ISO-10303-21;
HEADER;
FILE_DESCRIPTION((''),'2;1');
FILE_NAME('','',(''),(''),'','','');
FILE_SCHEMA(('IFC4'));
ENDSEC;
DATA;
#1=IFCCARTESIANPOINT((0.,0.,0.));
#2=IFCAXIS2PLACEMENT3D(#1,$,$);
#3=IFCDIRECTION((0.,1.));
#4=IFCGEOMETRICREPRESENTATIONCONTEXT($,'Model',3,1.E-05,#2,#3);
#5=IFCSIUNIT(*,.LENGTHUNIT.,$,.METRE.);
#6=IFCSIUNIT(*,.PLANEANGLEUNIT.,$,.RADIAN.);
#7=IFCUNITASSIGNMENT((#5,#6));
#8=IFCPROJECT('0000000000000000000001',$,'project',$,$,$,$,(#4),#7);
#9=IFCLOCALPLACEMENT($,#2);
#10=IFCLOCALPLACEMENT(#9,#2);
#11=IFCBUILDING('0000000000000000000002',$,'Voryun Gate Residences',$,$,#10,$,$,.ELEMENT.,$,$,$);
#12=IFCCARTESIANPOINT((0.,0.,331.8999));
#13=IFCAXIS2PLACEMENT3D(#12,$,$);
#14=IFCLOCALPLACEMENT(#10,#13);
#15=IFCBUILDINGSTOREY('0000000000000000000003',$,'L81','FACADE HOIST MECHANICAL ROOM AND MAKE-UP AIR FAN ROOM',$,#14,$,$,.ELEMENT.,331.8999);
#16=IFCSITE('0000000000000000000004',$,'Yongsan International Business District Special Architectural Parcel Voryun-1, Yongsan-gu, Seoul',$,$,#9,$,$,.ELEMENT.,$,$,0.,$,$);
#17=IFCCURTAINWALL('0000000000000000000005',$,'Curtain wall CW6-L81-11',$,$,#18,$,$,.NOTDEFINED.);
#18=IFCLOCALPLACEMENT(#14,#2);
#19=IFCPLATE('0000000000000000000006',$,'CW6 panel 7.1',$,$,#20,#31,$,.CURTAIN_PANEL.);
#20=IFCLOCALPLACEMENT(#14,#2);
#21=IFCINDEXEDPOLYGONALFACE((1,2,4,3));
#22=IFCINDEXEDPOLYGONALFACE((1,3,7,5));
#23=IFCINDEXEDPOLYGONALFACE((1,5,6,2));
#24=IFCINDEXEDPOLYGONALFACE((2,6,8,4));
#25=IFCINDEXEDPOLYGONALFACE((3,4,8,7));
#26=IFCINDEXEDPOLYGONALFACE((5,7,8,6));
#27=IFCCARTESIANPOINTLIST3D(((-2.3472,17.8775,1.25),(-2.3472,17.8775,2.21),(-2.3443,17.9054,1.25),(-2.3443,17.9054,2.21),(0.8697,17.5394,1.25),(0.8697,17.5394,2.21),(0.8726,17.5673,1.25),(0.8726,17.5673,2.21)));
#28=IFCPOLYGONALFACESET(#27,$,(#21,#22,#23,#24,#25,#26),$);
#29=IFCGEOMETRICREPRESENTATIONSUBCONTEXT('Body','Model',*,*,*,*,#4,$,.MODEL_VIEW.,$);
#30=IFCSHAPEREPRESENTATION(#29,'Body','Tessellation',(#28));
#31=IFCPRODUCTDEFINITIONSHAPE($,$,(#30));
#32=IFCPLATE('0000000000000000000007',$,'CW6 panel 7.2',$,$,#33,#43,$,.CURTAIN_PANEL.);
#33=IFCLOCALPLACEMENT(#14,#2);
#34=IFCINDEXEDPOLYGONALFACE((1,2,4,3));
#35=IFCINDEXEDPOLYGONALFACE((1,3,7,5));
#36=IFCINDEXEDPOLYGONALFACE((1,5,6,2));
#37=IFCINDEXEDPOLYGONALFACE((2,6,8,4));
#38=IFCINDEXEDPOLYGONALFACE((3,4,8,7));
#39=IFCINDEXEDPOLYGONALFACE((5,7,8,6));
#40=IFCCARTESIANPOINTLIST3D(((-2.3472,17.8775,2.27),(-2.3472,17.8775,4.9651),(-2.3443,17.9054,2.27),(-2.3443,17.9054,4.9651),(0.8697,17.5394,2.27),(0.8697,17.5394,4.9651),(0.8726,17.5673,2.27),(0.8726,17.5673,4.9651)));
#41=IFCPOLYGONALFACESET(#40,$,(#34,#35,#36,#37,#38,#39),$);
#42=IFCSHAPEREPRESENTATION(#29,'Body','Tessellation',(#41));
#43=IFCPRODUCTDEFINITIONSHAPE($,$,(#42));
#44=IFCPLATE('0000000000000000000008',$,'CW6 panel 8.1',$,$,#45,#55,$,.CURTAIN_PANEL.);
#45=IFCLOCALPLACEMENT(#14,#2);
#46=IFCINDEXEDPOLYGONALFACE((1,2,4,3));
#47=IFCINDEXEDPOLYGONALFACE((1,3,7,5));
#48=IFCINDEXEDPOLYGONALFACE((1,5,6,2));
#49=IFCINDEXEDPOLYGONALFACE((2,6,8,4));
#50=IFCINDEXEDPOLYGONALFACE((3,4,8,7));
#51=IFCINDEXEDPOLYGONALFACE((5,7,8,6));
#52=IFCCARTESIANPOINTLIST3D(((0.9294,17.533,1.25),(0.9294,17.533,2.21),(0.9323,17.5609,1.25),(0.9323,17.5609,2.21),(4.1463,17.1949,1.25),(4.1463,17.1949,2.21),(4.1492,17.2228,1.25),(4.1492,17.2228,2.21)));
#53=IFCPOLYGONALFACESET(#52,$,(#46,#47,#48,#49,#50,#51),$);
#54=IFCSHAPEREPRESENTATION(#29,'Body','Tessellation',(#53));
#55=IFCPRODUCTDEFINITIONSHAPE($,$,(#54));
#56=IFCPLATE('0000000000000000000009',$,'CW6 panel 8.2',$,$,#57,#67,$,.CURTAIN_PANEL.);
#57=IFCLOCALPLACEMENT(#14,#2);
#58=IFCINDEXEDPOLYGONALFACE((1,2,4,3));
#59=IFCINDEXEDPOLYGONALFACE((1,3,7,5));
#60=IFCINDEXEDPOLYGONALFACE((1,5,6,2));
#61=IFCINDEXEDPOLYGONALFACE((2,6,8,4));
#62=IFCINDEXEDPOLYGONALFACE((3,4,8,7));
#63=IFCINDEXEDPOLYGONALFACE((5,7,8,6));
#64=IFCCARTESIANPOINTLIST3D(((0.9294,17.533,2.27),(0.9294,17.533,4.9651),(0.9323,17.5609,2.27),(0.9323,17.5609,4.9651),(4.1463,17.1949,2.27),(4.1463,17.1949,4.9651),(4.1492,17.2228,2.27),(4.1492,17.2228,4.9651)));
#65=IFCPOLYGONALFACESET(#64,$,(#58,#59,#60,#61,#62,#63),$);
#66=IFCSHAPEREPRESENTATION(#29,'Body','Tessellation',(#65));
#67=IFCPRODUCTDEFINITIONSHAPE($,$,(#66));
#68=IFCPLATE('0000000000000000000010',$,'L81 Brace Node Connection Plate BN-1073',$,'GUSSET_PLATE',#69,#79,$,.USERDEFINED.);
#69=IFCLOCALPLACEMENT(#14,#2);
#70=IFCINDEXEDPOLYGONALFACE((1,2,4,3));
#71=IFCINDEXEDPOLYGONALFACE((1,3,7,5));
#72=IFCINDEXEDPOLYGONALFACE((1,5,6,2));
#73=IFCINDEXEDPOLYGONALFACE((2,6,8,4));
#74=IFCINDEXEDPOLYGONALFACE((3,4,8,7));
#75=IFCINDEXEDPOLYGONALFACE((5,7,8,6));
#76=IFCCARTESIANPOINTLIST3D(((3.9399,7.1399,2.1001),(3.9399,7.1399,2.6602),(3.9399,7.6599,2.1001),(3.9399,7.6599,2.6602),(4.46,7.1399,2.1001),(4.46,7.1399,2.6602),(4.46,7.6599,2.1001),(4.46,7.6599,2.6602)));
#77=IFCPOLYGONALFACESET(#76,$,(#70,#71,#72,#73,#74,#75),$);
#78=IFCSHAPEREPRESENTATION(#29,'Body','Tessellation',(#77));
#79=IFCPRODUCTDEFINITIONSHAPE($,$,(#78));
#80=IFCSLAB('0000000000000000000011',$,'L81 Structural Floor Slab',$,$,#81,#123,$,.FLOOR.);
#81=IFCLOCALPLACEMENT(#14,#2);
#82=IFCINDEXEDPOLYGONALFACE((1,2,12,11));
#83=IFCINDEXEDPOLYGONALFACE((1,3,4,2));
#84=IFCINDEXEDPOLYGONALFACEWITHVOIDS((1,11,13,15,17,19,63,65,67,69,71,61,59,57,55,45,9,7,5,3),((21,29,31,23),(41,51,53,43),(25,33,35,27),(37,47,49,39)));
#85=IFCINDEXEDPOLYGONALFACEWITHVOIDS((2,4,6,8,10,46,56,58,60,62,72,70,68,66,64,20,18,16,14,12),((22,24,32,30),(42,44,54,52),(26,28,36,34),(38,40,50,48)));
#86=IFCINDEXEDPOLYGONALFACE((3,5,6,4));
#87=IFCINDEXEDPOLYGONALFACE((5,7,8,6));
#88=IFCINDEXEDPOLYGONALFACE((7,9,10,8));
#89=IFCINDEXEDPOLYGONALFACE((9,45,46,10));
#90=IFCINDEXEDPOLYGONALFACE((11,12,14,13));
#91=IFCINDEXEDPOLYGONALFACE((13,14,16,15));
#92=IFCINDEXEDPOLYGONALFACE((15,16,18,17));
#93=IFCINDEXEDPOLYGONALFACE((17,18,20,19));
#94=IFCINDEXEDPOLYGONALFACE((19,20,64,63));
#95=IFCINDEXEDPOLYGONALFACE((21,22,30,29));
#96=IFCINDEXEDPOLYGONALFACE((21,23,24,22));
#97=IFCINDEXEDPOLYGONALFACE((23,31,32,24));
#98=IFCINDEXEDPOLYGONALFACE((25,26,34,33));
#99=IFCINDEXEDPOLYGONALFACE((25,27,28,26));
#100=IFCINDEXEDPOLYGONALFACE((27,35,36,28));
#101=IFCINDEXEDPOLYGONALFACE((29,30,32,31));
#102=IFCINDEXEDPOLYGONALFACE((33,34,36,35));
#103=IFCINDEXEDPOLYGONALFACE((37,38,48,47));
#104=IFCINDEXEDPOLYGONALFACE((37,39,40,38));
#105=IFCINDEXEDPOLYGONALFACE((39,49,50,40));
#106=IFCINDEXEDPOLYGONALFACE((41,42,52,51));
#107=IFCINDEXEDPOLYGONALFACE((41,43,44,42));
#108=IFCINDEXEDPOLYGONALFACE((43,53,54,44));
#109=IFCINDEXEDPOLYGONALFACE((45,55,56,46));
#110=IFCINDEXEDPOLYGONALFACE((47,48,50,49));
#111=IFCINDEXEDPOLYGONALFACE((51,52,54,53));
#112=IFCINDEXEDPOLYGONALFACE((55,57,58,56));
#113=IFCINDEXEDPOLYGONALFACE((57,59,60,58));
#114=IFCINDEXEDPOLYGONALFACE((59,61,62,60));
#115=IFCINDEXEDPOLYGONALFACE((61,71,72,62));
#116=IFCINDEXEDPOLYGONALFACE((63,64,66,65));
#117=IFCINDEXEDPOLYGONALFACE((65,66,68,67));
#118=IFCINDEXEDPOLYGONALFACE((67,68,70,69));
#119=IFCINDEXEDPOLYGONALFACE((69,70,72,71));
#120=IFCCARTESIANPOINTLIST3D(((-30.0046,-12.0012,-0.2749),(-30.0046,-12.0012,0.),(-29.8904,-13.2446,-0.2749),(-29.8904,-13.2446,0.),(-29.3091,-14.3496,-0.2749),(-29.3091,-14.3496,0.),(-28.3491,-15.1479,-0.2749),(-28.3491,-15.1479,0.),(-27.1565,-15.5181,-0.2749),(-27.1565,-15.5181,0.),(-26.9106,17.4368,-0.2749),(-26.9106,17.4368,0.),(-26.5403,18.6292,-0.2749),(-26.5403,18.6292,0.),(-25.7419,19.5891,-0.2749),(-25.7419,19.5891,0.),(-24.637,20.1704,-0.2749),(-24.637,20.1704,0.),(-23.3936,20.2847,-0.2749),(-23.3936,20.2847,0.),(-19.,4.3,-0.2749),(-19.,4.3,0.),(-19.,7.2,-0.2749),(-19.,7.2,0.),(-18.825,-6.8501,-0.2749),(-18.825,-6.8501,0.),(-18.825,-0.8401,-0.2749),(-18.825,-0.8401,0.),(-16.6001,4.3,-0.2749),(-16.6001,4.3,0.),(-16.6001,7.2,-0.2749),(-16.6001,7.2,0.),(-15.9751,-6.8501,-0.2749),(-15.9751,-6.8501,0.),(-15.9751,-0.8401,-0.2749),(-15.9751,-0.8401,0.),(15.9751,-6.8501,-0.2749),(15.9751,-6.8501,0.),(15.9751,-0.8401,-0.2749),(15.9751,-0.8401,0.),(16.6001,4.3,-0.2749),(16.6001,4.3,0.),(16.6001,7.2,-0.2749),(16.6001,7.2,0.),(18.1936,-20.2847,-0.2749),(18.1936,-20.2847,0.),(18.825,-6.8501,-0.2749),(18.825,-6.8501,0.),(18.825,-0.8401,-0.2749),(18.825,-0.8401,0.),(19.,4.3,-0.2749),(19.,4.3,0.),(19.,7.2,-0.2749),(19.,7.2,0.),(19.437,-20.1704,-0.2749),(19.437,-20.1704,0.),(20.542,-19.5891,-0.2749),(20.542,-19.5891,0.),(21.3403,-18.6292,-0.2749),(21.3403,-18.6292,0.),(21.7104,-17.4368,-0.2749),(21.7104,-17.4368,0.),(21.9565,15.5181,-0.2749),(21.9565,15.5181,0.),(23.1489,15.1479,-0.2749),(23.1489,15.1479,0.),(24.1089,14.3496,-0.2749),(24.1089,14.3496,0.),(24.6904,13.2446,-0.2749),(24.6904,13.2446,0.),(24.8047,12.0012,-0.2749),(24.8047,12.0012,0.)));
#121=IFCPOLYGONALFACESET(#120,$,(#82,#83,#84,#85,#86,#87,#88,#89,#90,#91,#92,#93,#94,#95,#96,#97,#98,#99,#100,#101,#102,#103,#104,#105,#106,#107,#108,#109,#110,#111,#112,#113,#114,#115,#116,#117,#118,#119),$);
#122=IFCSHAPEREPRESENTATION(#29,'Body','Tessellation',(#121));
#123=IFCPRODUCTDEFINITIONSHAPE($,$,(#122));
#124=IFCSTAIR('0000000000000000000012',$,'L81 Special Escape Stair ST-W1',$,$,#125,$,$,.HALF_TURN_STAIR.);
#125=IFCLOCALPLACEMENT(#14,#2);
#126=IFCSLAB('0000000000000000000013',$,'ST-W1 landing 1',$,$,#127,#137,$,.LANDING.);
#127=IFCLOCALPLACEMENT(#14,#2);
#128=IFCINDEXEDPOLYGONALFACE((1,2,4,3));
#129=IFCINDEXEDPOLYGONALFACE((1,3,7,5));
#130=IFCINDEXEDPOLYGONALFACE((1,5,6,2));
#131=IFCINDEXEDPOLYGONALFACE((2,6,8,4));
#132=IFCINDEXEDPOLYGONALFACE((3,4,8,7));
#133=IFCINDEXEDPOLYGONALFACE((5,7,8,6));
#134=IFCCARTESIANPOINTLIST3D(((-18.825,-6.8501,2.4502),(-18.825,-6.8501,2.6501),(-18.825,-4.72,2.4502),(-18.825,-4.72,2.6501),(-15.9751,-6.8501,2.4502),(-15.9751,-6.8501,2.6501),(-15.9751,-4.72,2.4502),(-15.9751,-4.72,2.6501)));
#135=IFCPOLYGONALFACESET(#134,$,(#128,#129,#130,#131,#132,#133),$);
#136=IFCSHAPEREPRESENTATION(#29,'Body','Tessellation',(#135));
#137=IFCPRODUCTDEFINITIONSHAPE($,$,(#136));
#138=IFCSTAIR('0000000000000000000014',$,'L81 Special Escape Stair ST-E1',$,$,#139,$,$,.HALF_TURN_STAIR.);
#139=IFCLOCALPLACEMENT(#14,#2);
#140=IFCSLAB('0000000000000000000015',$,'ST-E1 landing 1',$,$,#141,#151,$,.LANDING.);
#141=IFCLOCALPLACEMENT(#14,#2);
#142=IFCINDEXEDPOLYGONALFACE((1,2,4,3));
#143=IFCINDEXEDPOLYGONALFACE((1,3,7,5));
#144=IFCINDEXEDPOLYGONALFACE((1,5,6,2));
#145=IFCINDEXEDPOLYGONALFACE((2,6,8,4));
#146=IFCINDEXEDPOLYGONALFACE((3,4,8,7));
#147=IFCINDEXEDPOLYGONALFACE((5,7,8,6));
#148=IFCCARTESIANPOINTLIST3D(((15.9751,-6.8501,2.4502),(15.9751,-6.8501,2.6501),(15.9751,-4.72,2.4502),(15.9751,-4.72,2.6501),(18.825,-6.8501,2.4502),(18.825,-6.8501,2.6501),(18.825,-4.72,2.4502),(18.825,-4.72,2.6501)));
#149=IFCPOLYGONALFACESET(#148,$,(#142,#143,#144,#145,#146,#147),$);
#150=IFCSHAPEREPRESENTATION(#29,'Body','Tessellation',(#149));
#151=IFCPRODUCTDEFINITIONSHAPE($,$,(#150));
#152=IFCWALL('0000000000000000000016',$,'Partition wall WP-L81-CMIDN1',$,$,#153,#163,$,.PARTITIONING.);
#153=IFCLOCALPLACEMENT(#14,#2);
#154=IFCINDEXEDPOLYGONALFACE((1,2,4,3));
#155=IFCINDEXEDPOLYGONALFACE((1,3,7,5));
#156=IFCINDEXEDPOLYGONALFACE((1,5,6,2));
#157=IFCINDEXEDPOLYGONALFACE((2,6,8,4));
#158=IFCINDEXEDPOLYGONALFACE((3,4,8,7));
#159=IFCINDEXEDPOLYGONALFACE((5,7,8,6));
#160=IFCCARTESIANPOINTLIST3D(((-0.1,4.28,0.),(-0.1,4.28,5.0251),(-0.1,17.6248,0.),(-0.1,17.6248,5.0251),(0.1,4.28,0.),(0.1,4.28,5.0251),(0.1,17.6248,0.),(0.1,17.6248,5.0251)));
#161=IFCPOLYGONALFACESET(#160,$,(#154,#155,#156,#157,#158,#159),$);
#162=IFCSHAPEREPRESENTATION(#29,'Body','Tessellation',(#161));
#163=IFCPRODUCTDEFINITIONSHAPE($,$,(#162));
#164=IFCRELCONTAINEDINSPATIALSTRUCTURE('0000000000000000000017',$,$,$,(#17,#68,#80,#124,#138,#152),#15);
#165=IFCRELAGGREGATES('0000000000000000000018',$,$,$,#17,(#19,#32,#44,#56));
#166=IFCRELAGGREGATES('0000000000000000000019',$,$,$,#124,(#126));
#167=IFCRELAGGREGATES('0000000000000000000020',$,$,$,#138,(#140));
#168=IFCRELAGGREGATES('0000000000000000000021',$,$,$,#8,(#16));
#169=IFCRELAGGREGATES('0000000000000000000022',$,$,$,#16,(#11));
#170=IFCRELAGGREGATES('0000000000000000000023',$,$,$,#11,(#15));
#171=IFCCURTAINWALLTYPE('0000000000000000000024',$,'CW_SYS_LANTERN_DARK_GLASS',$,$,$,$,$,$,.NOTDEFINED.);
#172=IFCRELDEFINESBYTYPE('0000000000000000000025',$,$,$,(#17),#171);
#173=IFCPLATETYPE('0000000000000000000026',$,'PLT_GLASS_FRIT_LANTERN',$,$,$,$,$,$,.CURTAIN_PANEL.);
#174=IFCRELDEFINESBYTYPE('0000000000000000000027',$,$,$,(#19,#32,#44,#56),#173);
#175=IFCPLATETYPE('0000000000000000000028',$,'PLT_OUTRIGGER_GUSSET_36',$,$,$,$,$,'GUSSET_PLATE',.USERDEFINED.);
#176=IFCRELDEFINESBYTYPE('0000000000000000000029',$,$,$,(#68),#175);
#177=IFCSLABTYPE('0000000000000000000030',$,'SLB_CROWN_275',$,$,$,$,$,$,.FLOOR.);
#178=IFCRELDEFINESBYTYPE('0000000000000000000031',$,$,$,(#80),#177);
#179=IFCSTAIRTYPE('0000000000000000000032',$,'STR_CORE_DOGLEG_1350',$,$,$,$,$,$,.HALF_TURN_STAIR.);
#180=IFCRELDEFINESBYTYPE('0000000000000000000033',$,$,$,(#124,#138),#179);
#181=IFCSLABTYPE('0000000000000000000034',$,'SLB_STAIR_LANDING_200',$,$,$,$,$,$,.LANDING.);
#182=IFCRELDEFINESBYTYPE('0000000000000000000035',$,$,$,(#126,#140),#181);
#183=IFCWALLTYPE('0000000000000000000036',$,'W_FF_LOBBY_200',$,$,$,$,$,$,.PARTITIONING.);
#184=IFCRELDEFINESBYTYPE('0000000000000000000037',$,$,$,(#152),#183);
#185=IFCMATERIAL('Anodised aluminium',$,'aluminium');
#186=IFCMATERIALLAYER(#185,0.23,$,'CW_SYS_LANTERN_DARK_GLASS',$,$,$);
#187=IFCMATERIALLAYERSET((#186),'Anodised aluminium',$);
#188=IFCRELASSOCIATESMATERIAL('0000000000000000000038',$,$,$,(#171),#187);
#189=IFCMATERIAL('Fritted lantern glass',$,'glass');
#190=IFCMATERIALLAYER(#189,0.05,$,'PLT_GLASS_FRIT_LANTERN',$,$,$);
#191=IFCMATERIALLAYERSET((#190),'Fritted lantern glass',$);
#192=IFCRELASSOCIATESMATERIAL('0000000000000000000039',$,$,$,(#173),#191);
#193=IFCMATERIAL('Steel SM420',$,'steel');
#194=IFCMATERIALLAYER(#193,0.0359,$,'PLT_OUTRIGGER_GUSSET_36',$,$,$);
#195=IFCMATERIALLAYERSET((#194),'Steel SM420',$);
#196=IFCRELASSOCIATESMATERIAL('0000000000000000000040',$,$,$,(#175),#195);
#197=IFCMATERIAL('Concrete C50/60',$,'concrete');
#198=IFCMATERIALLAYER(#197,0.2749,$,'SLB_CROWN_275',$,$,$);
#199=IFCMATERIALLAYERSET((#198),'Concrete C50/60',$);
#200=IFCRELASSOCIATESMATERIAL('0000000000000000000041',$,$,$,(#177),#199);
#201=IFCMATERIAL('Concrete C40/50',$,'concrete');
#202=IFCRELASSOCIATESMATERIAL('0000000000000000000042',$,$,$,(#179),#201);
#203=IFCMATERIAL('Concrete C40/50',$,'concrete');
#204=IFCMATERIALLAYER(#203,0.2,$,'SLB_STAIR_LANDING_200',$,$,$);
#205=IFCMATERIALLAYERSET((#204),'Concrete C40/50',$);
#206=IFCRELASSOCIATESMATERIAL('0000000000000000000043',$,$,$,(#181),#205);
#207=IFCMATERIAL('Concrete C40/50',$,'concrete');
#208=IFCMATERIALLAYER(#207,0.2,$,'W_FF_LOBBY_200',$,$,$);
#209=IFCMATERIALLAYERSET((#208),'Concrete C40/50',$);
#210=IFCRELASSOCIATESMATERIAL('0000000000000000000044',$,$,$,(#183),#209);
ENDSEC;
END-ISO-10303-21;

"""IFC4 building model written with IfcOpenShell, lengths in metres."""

from ifc_helpers import new_model, si_unit, direction, frame, frame_2d, origin, origin_2d, place, context, subcontext, project, spatial, polyline, rectangle, outline, extrude, material, layer, layer_set, type_object, element, aggregate, save


model = new_model("IFC4")

# Units and contexts
model_context = context("Model", 3, precision=1e-05, world=origin(), true_north=direction((0.0, 1.0)))
body_context = subcontext(model_context, "Body", "Model", "MODEL_VIEW")
ifc_project = project(units=[si_unit("LENGTHUNIT", "METRE"), si_unit("PLANEANGLEUNIT", "RADIAN")], contexts=[model_context])

# Site, building, storey
site_placement = place(None, origin())
site = spatial("IfcSite", under=ifc_project, at=site_placement, Name="Yongsan International Business District Special Architectural Parcel Voryun-1, Yongsan-gu, Seoul", CompositionType="ELEMENT", RefElevation=0.0)
building_placement = place(site_placement, origin())
building = spatial("IfcBuilding", under=site, at=building_placement, Name="Voryun Gate Residences", CompositionType="ELEMENT")
storey_placement = place(building_placement, frame((0.0, 0.0, 331.8999)))
storey = spatial("IfcBuildingStorey", under=building, at=storey_placement, Name="L81", Description="FACADE HOIST MECHANICAL ROOM AND MAKE-UP AIR FAN ROOM", CompositionType="ELEMENT", Elevation=331.8999)

# Curtain wall
ifc_material_1 = material(Name="Anodised aluminium", Category="aluminium")
ifc_layer_1 = layer(ifc_material_1, 0.23, Name="CW_SYS_LANTERN_DARK_GLASS")
ifc_layer_set_1 = layer_set([ifc_layer_1], Name="Anodised aluminium")
curtain_wall_type = type_object("IfcCurtainWallType", Name="CW_SYS_LANTERN_DARK_GLASS", PredefinedType="NOTDEFINED", material=ifc_layer_set_1)
curtain_wall_placement = place(storey_placement, origin())
curtain_wall = element("IfcCurtainWall", 1, at=curtain_wall_placement, inside=storey, type_object=curtain_wall_type, Name="Curtain wall CW6-L81-11", PredefinedType="NOTDEFINED")

# Plates
ifc_material_2 = material(Name="Fritted lantern glass", Category="glass")
ifc_layer_2 = layer(ifc_material_2, 0.05, Name="PLT_GLASS_FRIT_LANTERN")
ifc_layer_set_2 = layer_set([ifc_layer_2], Name="Fritted lantern glass")
plate_type_1 = type_object("IfcPlateType", Name="PLT_GLASS_FRIT_LANTERN", PredefinedType="CURTAIN_PANEL", material=ifc_layer_set_2)
plate_1_placement = place(storey_placement, frame((-0.7373, 17.7224, 1.25), z_axis=(0.0, 0.0, 1.0), x_axis=(0.994522, -0.104528, 0.0)))
plate_1 = element("IfcPlate", 2, at=plate_1_placement, type_object=plate_type_1, Name="CW6 panel 7.1", PredefinedType="CURTAIN_PANEL", context=body_context, shape_type="SweptSolid", body=[
    extrude(rectangle(XDim=3.2346, YDim=0.0281, at=origin_2d()), origin(), (0.0, 0.0, 1.0), 0.96),
])
plate_2_placement = place(storey_placement, frame((-0.7373, 17.7224, 2.27), z_axis=(0.0, 0.0, 1.0), x_axis=(0.994522, -0.104528, 0.0)))
plate_2 = element("IfcPlate", 3, at=plate_2_placement, type_object=plate_type_1, Name="CW6 panel 7.2", PredefinedType="CURTAIN_PANEL", context=body_context, shape_type="SweptSolid", body=[
    extrude(rectangle(XDim=3.2346, YDim=0.0281, at=origin_2d()), origin(), (0.0, 0.0, 1.0), 2.6951),
])
plate_3_placement = place(storey_placement, frame((2.5393, 17.3779, 1.25), z_axis=(0.0, 0.0, 1.0), x_axis=(0.994522, -0.104528, 0.0)))
plate_3 = element("IfcPlate", 4, at=plate_3_placement, type_object=plate_type_1, Name="CW6 panel 8.1", PredefinedType="CURTAIN_PANEL", context=body_context, shape_type="SweptSolid", body=[
    extrude(rectangle(XDim=3.2346, YDim=0.0281, at=origin_2d()), origin(), (0.0, 0.0, 1.0), 0.96),
])
plate_4_placement = place(storey_placement, frame((2.5393, 17.3779, 2.27), z_axis=(0.0, 0.0, 1.0), x_axis=(0.994522, -0.104528, 0.0)))
plate_4 = element("IfcPlate", 5, at=plate_4_placement, type_object=plate_type_1, Name="CW6 panel 8.2", PredefinedType="CURTAIN_PANEL", context=body_context, shape_type="SweptSolid", body=[
    extrude(rectangle(XDim=3.2346, YDim=0.0281, at=origin_2d()), origin(), (0.0, 0.0, 1.0), 2.6951),
])
aggregate(curtain_wall, [plate_1, plate_2, plate_3, plate_4])
ifc_material_3 = material(Name="Steel SM420", Category="steel")
ifc_layer_3 = layer(ifc_material_3, 0.0359, Name="PLT_OUTRIGGER_GUSSET_36")
ifc_layer_set_3 = layer_set([ifc_layer_3], Name="Steel SM420")
plate_type_2 = type_object("IfcPlateType", Name="PLT_OUTRIGGER_GUSSET_36", ElementType="GUSSET_PLATE", PredefinedType="USERDEFINED", material=ifc_layer_set_3)
plate_5_placement = place(storey_placement, frame((4.2, 7.3999, 2.1001), z_axis=(0.0, 0.0, 1.0), x_axis=(1.0, 0.0, 0.0)))
element("IfcPlate", 6, at=plate_5_placement, inside=storey, type_object=plate_type_2, Name="L81 Brace Node Connection Plate BN-1073", ObjectType="GUSSET_PLATE", PredefinedType="USERDEFINED", context=body_context, shape_type="SweptSolid", body=[
    extrude(rectangle(XDim=0.52, YDim=0.52, at=origin_2d()), origin(), (0.0, 0.0, 1.0), 0.5601),
])

# Slab
ifc_material_4 = material(Name="Concrete C50/60", Category="concrete")
ifc_layer_4 = layer(ifc_material_4, 0.2749, Name="SLB_CROWN_275")
ifc_layer_set_4 = layer_set([ifc_layer_4], Name="Concrete C50/60")
slab_type_1 = type_object("IfcSlabType", Name="SLB_CROWN_275", PredefinedType="FLOOR", material=ifc_layer_set_4)
slab_1_placement = place(storey_placement, frame((0.0, 0.0, -0.2749)))
element("IfcSlab", 7, at=slab_1_placement, inside=storey, type_object=slab_type_1, Name="L81 Structural Floor Slab", PredefinedType="FLOOR", context=body_context, shape_type="SweptSolid", body=[
    extrude(outline(polyline([(-27.1565, -15.5181), (-28.3491, -15.1479), (-29.3091, -14.3496), (-29.8904, -13.2446), (-30.0046, -12.0012), (-26.9106, 17.4368), (-26.5403, 18.6292), (-25.7419, 19.5891), (-24.637, 20.1704), (-23.3936, 20.2847), (21.9565, 15.5181), (23.1489, 15.1479), (24.1089, 14.3496), (24.6904, 13.2446), (24.8047, 12.0012), (21.7104, -17.4368), (21.3403, -18.6292), (20.542, -19.5891), (19.437, -20.1704), (18.1936, -20.2847), (-27.1565, -15.5181)]), holes=[polyline([(-15.9751, -0.8401), (-18.825, -0.8401), (-18.825, -6.8501), (-15.9751, -6.8501), (-15.9751, -0.8401)]), polyline([(18.825, -0.8401), (15.9751, -0.8401), (15.9751, -6.8501), (18.825, -6.8501), (18.825, -0.8401)]), polyline([(-19.0, 7.2), (-19.0, 4.3), (-16.6001, 4.3), (-16.6001, 7.2), (-19.0, 7.2)]), polyline([(16.6001, 7.2), (16.6001, 4.3), (19.0, 4.3), (19.0, 7.2), (16.6001, 7.2)])]), origin(), (0.0, 0.0, 1.0), 0.2749),
])

# Stairs, slabs
ifc_material_5 = material(Name="Concrete C40/50", Category="concrete")
stair_type = type_object("IfcStairType", Name="STR_CORE_DOGLEG_1350", PredefinedType="HALF_TURN_STAIR", material=ifc_material_5)
stair_1_placement = place(storey_placement, origin())
stair_1 = element("IfcStair", 8, at=stair_1_placement, inside=storey, type_object=stair_type, Name="L81 Special Escape Stair ST-W1", PredefinedType="HALF_TURN_STAIR")
ifc_material_6 = material(Name="Concrete C40/50", Category="concrete")
ifc_layer_5 = layer(ifc_material_6, 0.2, Name="SLB_STAIR_LANDING_200")
ifc_layer_set_5 = layer_set([ifc_layer_5], Name="Concrete C40/50")
slab_type_2 = type_object("IfcSlabType", Name="SLB_STAIR_LANDING_200", PredefinedType="LANDING", material=ifc_layer_set_5)
slab_2_placement = place(storey_placement, frame((0.0, 0.0, 2.4502)))
slab_2 = element("IfcSlab", 9, at=slab_2_placement, type_object=slab_type_2, Name="ST-W1 landing 1", PredefinedType="LANDING", context=body_context, shape_type="SweptSolid", body=[
    extrude(outline(polyline([(-18.825, -4.72), (-18.825, -6.8501), (-15.9751, -6.8501), (-15.9751, -4.72), (-18.825, -4.72)])), origin(), (0.0, 0.0, 1.0), 0.2),
])
aggregate(stair_1, [slab_2])
stair_2_placement = place(storey_placement, origin())
stair_2 = element("IfcStair", 10, at=stair_2_placement, inside=storey, type_object=stair_type, Name="L81 Special Escape Stair ST-E1", PredefinedType="HALF_TURN_STAIR")
slab_3_placement = place(storey_placement, frame((0.0, 0.0, 2.4502)))
slab_3 = element("IfcSlab", 11, at=slab_3_placement, type_object=slab_type_2, Name="ST-E1 landing 1", PredefinedType="LANDING", context=body_context, shape_type="SweptSolid", body=[
    extrude(outline(polyline([(15.9751, -4.72), (15.9751, -6.8501), (18.825, -6.8501), (18.825, -4.72), (15.9751, -4.72)])), origin(), (0.0, 0.0, 1.0), 0.2),
])
aggregate(stair_2, [slab_3])

# Wall
ifc_material_7 = material(Name="Concrete C40/50", Category="concrete")
ifc_layer_6 = layer(ifc_material_7, 0.2, Name="W_FF_LOBBY_200")
ifc_layer_set_6 = layer_set([ifc_layer_6], Name="Concrete C40/50")
wall_type = type_object("IfcWallType", Name="W_FF_LOBBY_200", PredefinedType="PARTITIONING", material=ifc_layer_set_6)
wall_placement = place(storey_placement, frame((0.0, 4.28, 0.0), z_axis=(0.0, 0.0, 1.0), x_axis=(0.0, 1.0, 0.0)))
element("IfcWall", 12, at=wall_placement, inside=storey, type_object=wall_type, Name="Partition wall WP-L81-CMIDN1", PredefinedType="PARTITIONING", context=body_context, shape_type="SweptSolid", body=[
    extrude(rectangle(XDim=13.3447, YDim=0.2, at=frame_2d((6.6724, 0.0))), origin(), (0.0, 0.0, 1.0), 5.0251),
])

save(model, "model.ifc")
